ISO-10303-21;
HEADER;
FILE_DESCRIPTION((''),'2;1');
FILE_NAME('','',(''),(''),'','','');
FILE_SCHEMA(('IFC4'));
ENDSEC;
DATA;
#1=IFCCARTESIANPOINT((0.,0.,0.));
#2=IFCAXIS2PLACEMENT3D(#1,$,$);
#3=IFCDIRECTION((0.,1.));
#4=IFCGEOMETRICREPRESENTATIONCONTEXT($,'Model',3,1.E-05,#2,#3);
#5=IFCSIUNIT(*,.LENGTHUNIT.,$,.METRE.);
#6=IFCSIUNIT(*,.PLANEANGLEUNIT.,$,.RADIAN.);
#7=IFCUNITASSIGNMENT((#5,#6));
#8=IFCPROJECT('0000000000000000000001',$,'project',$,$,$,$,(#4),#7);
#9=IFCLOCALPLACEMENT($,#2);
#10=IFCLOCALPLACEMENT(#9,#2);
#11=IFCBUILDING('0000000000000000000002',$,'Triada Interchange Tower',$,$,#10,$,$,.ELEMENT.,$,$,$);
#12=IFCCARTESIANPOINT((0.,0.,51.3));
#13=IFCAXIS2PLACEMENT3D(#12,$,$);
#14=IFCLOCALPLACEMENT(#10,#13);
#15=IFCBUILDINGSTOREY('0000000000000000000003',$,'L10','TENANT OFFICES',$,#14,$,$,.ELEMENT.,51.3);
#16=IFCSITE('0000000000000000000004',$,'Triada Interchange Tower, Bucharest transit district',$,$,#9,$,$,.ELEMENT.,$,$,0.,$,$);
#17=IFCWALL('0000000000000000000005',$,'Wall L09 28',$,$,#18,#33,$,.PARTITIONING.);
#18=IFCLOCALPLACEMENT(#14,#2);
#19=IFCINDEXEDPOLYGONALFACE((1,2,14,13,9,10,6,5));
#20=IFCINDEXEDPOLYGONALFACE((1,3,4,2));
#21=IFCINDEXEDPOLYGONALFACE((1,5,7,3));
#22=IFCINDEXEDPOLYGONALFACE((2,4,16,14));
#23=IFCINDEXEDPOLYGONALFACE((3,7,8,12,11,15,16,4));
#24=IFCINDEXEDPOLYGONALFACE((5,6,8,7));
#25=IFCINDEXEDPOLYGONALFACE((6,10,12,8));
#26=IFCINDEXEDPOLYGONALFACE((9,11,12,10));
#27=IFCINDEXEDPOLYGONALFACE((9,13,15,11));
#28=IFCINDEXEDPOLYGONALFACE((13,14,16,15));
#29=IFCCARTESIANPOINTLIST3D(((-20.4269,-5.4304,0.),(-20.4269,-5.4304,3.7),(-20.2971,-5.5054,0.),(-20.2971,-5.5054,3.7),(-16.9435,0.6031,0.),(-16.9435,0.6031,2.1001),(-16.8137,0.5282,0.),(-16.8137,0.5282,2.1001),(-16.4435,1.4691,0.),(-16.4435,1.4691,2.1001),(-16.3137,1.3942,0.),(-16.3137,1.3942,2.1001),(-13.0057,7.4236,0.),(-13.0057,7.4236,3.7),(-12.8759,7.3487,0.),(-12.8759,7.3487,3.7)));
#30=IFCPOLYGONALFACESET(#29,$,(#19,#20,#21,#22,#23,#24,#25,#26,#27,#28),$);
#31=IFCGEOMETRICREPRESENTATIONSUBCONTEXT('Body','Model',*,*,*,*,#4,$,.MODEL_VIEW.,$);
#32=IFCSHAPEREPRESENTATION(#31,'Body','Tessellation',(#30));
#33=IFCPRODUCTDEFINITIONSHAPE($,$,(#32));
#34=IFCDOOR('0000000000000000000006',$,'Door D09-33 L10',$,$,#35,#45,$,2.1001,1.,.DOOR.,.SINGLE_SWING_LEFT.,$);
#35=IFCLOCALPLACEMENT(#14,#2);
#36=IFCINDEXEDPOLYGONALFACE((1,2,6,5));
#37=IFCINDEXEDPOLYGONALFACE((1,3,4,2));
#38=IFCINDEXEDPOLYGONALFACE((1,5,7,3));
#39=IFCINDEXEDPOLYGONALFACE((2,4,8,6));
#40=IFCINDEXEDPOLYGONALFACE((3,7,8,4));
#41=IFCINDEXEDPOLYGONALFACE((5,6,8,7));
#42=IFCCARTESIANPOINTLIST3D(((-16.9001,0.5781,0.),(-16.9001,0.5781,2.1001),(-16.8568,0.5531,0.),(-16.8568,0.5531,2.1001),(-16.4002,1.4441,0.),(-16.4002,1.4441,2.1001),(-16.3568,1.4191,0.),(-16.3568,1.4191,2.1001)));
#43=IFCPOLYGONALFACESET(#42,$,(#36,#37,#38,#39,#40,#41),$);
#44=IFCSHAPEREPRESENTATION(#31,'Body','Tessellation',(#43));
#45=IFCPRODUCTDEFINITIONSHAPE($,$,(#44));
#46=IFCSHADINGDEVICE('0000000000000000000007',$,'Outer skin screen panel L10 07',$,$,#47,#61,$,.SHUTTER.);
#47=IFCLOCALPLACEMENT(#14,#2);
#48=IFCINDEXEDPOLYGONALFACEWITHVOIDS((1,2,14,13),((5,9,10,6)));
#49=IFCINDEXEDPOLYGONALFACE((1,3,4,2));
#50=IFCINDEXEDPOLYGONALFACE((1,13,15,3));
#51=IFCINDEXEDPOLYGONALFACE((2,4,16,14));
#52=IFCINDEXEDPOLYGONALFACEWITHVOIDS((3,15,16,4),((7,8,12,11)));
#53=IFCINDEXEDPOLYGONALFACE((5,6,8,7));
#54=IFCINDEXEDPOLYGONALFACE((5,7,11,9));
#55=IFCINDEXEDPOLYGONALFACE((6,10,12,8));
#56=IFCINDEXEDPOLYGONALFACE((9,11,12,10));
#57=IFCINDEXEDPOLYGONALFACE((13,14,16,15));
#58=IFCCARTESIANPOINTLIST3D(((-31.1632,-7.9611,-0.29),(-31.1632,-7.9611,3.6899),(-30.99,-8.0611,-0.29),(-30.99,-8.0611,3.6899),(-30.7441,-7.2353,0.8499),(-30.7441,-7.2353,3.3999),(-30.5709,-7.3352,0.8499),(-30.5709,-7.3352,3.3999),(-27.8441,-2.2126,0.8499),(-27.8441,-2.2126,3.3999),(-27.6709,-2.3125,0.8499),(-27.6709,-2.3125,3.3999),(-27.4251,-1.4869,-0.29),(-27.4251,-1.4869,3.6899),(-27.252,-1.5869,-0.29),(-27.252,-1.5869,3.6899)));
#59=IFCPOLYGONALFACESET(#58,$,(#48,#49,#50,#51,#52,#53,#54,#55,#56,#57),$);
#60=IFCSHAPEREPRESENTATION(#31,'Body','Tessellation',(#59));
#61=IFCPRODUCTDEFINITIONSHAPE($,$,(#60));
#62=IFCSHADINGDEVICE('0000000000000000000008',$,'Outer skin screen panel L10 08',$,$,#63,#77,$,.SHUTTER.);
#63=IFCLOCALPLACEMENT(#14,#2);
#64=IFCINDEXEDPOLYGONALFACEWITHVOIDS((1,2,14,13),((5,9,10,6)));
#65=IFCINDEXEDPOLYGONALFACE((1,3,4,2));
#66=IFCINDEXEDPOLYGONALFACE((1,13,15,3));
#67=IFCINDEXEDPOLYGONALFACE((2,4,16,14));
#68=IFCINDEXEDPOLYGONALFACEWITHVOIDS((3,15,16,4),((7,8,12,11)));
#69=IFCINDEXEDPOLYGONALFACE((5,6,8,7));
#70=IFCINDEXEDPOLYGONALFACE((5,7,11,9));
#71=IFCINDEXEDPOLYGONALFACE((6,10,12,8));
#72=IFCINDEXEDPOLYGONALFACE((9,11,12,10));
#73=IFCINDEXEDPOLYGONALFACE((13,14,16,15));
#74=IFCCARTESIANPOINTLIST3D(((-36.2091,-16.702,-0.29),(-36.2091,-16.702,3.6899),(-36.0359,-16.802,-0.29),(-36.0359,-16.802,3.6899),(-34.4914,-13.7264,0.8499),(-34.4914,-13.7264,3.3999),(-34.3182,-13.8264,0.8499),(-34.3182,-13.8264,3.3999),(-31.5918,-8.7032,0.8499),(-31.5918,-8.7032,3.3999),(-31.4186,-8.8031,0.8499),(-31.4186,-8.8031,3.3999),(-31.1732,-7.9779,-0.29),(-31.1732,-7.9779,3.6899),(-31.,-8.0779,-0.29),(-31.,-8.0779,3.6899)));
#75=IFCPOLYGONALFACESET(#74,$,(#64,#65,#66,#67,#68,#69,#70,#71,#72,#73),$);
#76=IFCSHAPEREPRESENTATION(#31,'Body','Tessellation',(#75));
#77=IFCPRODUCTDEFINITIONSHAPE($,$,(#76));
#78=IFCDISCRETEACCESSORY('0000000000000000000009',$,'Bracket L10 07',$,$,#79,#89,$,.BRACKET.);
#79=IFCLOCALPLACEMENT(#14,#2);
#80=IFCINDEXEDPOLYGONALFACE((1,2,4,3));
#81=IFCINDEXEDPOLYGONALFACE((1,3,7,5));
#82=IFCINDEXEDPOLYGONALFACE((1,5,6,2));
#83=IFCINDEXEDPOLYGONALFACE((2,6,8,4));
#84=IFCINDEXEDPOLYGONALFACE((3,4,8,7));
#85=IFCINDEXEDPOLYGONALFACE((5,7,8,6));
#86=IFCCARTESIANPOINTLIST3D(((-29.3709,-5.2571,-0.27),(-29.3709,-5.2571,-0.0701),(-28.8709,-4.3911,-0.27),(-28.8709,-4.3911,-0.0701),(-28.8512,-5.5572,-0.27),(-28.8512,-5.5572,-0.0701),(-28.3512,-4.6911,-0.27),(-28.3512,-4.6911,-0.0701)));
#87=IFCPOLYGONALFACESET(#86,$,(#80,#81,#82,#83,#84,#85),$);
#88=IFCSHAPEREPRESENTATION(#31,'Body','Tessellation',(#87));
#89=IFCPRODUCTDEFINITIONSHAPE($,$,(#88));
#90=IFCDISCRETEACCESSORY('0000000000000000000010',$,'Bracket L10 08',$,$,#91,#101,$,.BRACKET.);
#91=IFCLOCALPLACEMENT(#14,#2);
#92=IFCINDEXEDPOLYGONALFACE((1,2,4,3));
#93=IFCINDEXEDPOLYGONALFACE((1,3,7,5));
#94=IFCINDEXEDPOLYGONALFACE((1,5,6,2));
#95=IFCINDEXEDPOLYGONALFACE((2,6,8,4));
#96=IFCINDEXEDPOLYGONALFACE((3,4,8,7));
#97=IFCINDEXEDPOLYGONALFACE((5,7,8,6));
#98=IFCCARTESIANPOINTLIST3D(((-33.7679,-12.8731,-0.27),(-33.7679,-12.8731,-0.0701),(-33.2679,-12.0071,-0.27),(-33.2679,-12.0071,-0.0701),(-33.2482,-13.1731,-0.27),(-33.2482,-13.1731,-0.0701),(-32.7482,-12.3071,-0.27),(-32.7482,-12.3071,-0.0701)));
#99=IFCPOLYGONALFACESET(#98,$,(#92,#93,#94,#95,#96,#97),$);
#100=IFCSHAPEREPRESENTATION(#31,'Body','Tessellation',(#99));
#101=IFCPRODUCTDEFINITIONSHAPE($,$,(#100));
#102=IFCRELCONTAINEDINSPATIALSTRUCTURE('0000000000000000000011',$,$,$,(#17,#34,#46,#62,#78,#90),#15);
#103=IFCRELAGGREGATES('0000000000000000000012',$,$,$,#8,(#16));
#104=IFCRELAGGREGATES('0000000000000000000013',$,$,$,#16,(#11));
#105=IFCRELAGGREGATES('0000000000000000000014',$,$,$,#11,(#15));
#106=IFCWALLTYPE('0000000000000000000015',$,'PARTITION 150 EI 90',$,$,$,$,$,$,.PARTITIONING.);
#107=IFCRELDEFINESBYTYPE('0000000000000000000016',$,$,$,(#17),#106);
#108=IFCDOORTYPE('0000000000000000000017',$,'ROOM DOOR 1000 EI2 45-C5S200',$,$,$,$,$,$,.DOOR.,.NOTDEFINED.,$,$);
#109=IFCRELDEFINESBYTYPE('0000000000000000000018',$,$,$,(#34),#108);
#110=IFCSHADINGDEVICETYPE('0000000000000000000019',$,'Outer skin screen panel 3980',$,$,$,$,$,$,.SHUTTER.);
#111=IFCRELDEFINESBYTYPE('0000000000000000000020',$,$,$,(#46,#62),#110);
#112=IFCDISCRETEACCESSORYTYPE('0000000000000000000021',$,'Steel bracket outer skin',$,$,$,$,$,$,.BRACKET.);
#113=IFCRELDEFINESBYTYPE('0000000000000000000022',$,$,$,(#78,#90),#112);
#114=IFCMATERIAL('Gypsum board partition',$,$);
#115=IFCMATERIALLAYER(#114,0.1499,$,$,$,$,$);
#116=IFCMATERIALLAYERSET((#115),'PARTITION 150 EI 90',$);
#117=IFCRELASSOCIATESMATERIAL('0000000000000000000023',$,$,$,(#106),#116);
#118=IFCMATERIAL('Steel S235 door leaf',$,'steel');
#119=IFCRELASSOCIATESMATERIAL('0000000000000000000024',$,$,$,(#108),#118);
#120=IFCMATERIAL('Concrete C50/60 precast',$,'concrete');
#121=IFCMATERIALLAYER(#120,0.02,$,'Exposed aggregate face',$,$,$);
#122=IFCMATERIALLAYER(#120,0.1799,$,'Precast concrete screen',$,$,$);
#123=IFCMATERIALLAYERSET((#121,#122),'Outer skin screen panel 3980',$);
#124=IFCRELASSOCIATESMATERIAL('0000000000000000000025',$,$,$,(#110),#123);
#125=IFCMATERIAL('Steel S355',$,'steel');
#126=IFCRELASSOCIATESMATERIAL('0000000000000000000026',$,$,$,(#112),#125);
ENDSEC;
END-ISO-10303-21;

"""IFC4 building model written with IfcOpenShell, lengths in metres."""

from ifc_helpers import new_model, si_unit, direction, frame, frame_2d, origin, origin_2d, place, context, subcontext, project, spatial, polyline, rectangle, outline, extrude, material, layer, layer_set, type_object, element, fill, save


model = new_model("IFC4")

# Units and contexts
model_context = context("Model", 3, precision=1e-05, world=origin(), true_north=direction((0.0, 1.0)))
body_context = subcontext(model_context, "Body", "Model", "MODEL_VIEW")
ifc_project = project(units=[si_unit("LENGTHUNIT", "METRE"), si_unit("PLANEANGLEUNIT", "RADIAN")], contexts=[model_context])

# Site, building, storey
site_placement = place(None, origin())
site = spatial("IfcSite", under=ifc_project, at=site_placement, Name="Triada Interchange Tower, Bucharest transit district", CompositionType="ELEMENT", RefElevation=0.0)
building_placement = place(site_placement, origin())
building = spatial("IfcBuilding", under=site, at=building_placement, Name="Triada Interchange Tower", CompositionType="ELEMENT")
storey_placement = place(building_placement, frame((0.0, 0.0, 51.3)))
storey = spatial("IfcBuildingStorey", under=building, at=storey_placement, Name="L10", Description="TENANT OFFICES", CompositionType="ELEMENT", Elevation=51.3)

# Shared definitions
ifc_material_1 = material(Name="Gypsum board partition")

# Shared definitions
ifc_material_2 = material(Name="Steel S235 door leaf", Category="steel")

# Wall, opening, door
ifc_layer_1 = layer(ifc_material_1, 0.1499)
ifc_layer_set_1 = layer_set([ifc_layer_1], Name="PARTITION 150 EI 90")
wall_type_1 = type_object("IfcWallType", Name="PARTITION 150 EI 90", PredefinedType="PARTITIONING", material=ifc_layer_set_1)
wall_1_placement = place(storey_placement, frame((-20.3621, -5.468, 0.0), z_axis=(0.0, 0.0, 1.0), x_axis=(0.499994, 0.866029, 0.0)))
wall_1 = element("IfcWall", 1, at=wall_1_placement, inside=storey, type_object=wall_type_1, Name="Wall L09 28", PredefinedType="PARTITIONING", context=body_context, shape_type="SweptSolid", body=[
    extrude(rectangle(XDim=14.8425, YDim=0.1499, at=frame_2d((7.4214, 0.0))), origin(), (0.0, 0.0, 1.0), 3.7),
])
opening_1_placement = place(wall_1_placement, frame((6.967, 0.0, 0.0)))
opening_1 = element("IfcOpeningElement", 2, at=opening_1_placement, cuts=wall_1, PredefinedType="OPENING", context=body_context, shape_type="SweptSolid", body=[
    extrude(rectangle(XDim=1.0, YDim=2.1001, at=frame_2d((0.5, 1.05))), frame((0.0, 0.085, 0.0), z_axis=(0.0, -1.0, 0.0), x_axis=(1.0, 0.0, 0.0)), (0.0, 0.0, 1.0), 0.1699),
])
door_type_1 = type_object("IfcDoorType", Name="ROOM DOOR 1000 EI2 45-C5S200", OperationType="NOTDEFINED", PredefinedType="DOOR", material=ifc_material_2)
door_1_placement = place(opening_1_placement, origin())
door_1 = element("IfcDoor", 3, at=door_1_placement, inside=storey, type_object=door_type_1, Name="Door D09-33 L10", OperationType="SINGLE_SWING_LEFT", OverallHeight=2.1001, OverallWidth=1.0, PredefinedType="DOOR", context=body_context, shape_type="SweptSolid", body=[
    extrude(rectangle(XDim=1.0, YDim=2.1001, at=frame_2d((0.5, 1.05))), frame((0.0, 0.0249, 0.0), z_axis=(0.0, -1.0, 0.0), x_axis=(1.0, 0.0, 0.0)), (0.0, 0.0, 1.0), 0.05),
])
fill(opening_1, door_1)

# Shading devices
ifc_material_3 = material(Name="Concrete C50/60 precast", Category="concrete")
ifc_layer_2 = layer(ifc_material_3, 0.02, Name="Exposed aggregate face")
ifc_layer_3 = layer(ifc_material_3, 0.1799, Name="Precast concrete screen")
ifc_layer_set_2 = layer_set([ifc_layer_2, ifc_layer_3], Name="Outer skin screen panel 3980")
shading_device_type = type_object("IfcShadingDeviceType", Name="Outer skin screen panel 3980", PredefinedType="SHUTTER", material=ifc_layer_set_2)
shading_device_1_placement = place(storey_placement, frame((-27.252, -1.5869, -0.29), z_axis=(0.0, 0.0, 1.0), x_axis=(-0.50002, -0.866014, 0.0)))
element("IfcShadingDevice", 4, at=shading_device_1_placement, inside=storey, type_object=shading_device_type, Name="Outer skin screen panel L10 07", PredefinedType="SHUTTER", context=body_context, shape_type="SweptSolid", body=[
    extrude(outline(polyline([(0.0, 0.0), (7.4758, 0.0), (7.4758, 3.98), (0.0, 3.98), (0.0, 0.0)]), holes=[polyline([(0.8379, 1.1399), (0.8379, 3.6899), (6.6377, 3.6899), (6.6377, 1.1399), (0.8379, 1.1399)])]), frame((0.0, 0.0, 0.0), z_axis=(0.0, -1.0, 0.0), x_axis=(1.0, 0.0, 0.0)), (0.0, 0.0, 1.0), 0.2),
])
shading_device_2_placement = place(storey_placement, frame((-31.0, -8.0779, -0.29), z_axis=(0.0, 0.0, 1.0), x_axis=(-0.499927, -0.866068, 0.0)))
element("IfcShadingDevice", 5, at=shading_device_2_placement, inside=storey, type_object=shading_device_type, Name="Outer skin screen panel L10 08", PredefinedType="SHUTTER", context=body_context, shape_type="SweptSolid", body=[
    extrude(outline(polyline([(0.0, 0.0), (10.0732, 0.0), (10.0732, 3.98), (0.0, 3.98), (0.0, 0.0)]), holes=[polyline([(0.8374, 1.1399), (0.8374, 3.6899), (6.6375, 3.6899), (6.6375, 1.1399), (0.8374, 1.1399)])]), frame((0.0, 0.0, 0.0), z_axis=(0.0, -1.0, 0.0), x_axis=(1.0, 0.0, 0.0)), (0.0, 0.0, 1.0), 0.2),
])

# Discrete accessories
ifc_material_4 = material(Name="Steel S355", Category="steel")
discrete_accessory_type = type_object("IfcDiscreteAccessoryType", Name="Steel bracket outer skin", PredefinedType="BRACKET", material=ifc_material_4)
for number, where, z_axis, x_axis, name in (
    (6, (-28.8611, -4.9741, -0.27), (0.0, 0.0, 1.0), (-0.866026, 0.499999, 0.0), "Bracket L10 07"),
    (7, (-33.2581, -12.5901, -0.27), (0.0, 0.0, 1.0), (-0.866026, 0.499999, 0.0), "Bracket L10 08"),
):
    element("IfcDiscreteAccessory", number, at=place(storey_placement, frame(where, z_axis=z_axis, x_axis=x_axis)), inside=storey, type_object=discrete_accessory_type, Name=name, PredefinedType="BRACKET", context=body_context, shape_type="SweptSolid", body=[
        extrude(rectangle(XDim=0.6001, YDim=1.0, at=origin_2d()), origin(), (0.0, 0.0, 1.0), 0.2),
    ])

save(model, "model.ifc")
